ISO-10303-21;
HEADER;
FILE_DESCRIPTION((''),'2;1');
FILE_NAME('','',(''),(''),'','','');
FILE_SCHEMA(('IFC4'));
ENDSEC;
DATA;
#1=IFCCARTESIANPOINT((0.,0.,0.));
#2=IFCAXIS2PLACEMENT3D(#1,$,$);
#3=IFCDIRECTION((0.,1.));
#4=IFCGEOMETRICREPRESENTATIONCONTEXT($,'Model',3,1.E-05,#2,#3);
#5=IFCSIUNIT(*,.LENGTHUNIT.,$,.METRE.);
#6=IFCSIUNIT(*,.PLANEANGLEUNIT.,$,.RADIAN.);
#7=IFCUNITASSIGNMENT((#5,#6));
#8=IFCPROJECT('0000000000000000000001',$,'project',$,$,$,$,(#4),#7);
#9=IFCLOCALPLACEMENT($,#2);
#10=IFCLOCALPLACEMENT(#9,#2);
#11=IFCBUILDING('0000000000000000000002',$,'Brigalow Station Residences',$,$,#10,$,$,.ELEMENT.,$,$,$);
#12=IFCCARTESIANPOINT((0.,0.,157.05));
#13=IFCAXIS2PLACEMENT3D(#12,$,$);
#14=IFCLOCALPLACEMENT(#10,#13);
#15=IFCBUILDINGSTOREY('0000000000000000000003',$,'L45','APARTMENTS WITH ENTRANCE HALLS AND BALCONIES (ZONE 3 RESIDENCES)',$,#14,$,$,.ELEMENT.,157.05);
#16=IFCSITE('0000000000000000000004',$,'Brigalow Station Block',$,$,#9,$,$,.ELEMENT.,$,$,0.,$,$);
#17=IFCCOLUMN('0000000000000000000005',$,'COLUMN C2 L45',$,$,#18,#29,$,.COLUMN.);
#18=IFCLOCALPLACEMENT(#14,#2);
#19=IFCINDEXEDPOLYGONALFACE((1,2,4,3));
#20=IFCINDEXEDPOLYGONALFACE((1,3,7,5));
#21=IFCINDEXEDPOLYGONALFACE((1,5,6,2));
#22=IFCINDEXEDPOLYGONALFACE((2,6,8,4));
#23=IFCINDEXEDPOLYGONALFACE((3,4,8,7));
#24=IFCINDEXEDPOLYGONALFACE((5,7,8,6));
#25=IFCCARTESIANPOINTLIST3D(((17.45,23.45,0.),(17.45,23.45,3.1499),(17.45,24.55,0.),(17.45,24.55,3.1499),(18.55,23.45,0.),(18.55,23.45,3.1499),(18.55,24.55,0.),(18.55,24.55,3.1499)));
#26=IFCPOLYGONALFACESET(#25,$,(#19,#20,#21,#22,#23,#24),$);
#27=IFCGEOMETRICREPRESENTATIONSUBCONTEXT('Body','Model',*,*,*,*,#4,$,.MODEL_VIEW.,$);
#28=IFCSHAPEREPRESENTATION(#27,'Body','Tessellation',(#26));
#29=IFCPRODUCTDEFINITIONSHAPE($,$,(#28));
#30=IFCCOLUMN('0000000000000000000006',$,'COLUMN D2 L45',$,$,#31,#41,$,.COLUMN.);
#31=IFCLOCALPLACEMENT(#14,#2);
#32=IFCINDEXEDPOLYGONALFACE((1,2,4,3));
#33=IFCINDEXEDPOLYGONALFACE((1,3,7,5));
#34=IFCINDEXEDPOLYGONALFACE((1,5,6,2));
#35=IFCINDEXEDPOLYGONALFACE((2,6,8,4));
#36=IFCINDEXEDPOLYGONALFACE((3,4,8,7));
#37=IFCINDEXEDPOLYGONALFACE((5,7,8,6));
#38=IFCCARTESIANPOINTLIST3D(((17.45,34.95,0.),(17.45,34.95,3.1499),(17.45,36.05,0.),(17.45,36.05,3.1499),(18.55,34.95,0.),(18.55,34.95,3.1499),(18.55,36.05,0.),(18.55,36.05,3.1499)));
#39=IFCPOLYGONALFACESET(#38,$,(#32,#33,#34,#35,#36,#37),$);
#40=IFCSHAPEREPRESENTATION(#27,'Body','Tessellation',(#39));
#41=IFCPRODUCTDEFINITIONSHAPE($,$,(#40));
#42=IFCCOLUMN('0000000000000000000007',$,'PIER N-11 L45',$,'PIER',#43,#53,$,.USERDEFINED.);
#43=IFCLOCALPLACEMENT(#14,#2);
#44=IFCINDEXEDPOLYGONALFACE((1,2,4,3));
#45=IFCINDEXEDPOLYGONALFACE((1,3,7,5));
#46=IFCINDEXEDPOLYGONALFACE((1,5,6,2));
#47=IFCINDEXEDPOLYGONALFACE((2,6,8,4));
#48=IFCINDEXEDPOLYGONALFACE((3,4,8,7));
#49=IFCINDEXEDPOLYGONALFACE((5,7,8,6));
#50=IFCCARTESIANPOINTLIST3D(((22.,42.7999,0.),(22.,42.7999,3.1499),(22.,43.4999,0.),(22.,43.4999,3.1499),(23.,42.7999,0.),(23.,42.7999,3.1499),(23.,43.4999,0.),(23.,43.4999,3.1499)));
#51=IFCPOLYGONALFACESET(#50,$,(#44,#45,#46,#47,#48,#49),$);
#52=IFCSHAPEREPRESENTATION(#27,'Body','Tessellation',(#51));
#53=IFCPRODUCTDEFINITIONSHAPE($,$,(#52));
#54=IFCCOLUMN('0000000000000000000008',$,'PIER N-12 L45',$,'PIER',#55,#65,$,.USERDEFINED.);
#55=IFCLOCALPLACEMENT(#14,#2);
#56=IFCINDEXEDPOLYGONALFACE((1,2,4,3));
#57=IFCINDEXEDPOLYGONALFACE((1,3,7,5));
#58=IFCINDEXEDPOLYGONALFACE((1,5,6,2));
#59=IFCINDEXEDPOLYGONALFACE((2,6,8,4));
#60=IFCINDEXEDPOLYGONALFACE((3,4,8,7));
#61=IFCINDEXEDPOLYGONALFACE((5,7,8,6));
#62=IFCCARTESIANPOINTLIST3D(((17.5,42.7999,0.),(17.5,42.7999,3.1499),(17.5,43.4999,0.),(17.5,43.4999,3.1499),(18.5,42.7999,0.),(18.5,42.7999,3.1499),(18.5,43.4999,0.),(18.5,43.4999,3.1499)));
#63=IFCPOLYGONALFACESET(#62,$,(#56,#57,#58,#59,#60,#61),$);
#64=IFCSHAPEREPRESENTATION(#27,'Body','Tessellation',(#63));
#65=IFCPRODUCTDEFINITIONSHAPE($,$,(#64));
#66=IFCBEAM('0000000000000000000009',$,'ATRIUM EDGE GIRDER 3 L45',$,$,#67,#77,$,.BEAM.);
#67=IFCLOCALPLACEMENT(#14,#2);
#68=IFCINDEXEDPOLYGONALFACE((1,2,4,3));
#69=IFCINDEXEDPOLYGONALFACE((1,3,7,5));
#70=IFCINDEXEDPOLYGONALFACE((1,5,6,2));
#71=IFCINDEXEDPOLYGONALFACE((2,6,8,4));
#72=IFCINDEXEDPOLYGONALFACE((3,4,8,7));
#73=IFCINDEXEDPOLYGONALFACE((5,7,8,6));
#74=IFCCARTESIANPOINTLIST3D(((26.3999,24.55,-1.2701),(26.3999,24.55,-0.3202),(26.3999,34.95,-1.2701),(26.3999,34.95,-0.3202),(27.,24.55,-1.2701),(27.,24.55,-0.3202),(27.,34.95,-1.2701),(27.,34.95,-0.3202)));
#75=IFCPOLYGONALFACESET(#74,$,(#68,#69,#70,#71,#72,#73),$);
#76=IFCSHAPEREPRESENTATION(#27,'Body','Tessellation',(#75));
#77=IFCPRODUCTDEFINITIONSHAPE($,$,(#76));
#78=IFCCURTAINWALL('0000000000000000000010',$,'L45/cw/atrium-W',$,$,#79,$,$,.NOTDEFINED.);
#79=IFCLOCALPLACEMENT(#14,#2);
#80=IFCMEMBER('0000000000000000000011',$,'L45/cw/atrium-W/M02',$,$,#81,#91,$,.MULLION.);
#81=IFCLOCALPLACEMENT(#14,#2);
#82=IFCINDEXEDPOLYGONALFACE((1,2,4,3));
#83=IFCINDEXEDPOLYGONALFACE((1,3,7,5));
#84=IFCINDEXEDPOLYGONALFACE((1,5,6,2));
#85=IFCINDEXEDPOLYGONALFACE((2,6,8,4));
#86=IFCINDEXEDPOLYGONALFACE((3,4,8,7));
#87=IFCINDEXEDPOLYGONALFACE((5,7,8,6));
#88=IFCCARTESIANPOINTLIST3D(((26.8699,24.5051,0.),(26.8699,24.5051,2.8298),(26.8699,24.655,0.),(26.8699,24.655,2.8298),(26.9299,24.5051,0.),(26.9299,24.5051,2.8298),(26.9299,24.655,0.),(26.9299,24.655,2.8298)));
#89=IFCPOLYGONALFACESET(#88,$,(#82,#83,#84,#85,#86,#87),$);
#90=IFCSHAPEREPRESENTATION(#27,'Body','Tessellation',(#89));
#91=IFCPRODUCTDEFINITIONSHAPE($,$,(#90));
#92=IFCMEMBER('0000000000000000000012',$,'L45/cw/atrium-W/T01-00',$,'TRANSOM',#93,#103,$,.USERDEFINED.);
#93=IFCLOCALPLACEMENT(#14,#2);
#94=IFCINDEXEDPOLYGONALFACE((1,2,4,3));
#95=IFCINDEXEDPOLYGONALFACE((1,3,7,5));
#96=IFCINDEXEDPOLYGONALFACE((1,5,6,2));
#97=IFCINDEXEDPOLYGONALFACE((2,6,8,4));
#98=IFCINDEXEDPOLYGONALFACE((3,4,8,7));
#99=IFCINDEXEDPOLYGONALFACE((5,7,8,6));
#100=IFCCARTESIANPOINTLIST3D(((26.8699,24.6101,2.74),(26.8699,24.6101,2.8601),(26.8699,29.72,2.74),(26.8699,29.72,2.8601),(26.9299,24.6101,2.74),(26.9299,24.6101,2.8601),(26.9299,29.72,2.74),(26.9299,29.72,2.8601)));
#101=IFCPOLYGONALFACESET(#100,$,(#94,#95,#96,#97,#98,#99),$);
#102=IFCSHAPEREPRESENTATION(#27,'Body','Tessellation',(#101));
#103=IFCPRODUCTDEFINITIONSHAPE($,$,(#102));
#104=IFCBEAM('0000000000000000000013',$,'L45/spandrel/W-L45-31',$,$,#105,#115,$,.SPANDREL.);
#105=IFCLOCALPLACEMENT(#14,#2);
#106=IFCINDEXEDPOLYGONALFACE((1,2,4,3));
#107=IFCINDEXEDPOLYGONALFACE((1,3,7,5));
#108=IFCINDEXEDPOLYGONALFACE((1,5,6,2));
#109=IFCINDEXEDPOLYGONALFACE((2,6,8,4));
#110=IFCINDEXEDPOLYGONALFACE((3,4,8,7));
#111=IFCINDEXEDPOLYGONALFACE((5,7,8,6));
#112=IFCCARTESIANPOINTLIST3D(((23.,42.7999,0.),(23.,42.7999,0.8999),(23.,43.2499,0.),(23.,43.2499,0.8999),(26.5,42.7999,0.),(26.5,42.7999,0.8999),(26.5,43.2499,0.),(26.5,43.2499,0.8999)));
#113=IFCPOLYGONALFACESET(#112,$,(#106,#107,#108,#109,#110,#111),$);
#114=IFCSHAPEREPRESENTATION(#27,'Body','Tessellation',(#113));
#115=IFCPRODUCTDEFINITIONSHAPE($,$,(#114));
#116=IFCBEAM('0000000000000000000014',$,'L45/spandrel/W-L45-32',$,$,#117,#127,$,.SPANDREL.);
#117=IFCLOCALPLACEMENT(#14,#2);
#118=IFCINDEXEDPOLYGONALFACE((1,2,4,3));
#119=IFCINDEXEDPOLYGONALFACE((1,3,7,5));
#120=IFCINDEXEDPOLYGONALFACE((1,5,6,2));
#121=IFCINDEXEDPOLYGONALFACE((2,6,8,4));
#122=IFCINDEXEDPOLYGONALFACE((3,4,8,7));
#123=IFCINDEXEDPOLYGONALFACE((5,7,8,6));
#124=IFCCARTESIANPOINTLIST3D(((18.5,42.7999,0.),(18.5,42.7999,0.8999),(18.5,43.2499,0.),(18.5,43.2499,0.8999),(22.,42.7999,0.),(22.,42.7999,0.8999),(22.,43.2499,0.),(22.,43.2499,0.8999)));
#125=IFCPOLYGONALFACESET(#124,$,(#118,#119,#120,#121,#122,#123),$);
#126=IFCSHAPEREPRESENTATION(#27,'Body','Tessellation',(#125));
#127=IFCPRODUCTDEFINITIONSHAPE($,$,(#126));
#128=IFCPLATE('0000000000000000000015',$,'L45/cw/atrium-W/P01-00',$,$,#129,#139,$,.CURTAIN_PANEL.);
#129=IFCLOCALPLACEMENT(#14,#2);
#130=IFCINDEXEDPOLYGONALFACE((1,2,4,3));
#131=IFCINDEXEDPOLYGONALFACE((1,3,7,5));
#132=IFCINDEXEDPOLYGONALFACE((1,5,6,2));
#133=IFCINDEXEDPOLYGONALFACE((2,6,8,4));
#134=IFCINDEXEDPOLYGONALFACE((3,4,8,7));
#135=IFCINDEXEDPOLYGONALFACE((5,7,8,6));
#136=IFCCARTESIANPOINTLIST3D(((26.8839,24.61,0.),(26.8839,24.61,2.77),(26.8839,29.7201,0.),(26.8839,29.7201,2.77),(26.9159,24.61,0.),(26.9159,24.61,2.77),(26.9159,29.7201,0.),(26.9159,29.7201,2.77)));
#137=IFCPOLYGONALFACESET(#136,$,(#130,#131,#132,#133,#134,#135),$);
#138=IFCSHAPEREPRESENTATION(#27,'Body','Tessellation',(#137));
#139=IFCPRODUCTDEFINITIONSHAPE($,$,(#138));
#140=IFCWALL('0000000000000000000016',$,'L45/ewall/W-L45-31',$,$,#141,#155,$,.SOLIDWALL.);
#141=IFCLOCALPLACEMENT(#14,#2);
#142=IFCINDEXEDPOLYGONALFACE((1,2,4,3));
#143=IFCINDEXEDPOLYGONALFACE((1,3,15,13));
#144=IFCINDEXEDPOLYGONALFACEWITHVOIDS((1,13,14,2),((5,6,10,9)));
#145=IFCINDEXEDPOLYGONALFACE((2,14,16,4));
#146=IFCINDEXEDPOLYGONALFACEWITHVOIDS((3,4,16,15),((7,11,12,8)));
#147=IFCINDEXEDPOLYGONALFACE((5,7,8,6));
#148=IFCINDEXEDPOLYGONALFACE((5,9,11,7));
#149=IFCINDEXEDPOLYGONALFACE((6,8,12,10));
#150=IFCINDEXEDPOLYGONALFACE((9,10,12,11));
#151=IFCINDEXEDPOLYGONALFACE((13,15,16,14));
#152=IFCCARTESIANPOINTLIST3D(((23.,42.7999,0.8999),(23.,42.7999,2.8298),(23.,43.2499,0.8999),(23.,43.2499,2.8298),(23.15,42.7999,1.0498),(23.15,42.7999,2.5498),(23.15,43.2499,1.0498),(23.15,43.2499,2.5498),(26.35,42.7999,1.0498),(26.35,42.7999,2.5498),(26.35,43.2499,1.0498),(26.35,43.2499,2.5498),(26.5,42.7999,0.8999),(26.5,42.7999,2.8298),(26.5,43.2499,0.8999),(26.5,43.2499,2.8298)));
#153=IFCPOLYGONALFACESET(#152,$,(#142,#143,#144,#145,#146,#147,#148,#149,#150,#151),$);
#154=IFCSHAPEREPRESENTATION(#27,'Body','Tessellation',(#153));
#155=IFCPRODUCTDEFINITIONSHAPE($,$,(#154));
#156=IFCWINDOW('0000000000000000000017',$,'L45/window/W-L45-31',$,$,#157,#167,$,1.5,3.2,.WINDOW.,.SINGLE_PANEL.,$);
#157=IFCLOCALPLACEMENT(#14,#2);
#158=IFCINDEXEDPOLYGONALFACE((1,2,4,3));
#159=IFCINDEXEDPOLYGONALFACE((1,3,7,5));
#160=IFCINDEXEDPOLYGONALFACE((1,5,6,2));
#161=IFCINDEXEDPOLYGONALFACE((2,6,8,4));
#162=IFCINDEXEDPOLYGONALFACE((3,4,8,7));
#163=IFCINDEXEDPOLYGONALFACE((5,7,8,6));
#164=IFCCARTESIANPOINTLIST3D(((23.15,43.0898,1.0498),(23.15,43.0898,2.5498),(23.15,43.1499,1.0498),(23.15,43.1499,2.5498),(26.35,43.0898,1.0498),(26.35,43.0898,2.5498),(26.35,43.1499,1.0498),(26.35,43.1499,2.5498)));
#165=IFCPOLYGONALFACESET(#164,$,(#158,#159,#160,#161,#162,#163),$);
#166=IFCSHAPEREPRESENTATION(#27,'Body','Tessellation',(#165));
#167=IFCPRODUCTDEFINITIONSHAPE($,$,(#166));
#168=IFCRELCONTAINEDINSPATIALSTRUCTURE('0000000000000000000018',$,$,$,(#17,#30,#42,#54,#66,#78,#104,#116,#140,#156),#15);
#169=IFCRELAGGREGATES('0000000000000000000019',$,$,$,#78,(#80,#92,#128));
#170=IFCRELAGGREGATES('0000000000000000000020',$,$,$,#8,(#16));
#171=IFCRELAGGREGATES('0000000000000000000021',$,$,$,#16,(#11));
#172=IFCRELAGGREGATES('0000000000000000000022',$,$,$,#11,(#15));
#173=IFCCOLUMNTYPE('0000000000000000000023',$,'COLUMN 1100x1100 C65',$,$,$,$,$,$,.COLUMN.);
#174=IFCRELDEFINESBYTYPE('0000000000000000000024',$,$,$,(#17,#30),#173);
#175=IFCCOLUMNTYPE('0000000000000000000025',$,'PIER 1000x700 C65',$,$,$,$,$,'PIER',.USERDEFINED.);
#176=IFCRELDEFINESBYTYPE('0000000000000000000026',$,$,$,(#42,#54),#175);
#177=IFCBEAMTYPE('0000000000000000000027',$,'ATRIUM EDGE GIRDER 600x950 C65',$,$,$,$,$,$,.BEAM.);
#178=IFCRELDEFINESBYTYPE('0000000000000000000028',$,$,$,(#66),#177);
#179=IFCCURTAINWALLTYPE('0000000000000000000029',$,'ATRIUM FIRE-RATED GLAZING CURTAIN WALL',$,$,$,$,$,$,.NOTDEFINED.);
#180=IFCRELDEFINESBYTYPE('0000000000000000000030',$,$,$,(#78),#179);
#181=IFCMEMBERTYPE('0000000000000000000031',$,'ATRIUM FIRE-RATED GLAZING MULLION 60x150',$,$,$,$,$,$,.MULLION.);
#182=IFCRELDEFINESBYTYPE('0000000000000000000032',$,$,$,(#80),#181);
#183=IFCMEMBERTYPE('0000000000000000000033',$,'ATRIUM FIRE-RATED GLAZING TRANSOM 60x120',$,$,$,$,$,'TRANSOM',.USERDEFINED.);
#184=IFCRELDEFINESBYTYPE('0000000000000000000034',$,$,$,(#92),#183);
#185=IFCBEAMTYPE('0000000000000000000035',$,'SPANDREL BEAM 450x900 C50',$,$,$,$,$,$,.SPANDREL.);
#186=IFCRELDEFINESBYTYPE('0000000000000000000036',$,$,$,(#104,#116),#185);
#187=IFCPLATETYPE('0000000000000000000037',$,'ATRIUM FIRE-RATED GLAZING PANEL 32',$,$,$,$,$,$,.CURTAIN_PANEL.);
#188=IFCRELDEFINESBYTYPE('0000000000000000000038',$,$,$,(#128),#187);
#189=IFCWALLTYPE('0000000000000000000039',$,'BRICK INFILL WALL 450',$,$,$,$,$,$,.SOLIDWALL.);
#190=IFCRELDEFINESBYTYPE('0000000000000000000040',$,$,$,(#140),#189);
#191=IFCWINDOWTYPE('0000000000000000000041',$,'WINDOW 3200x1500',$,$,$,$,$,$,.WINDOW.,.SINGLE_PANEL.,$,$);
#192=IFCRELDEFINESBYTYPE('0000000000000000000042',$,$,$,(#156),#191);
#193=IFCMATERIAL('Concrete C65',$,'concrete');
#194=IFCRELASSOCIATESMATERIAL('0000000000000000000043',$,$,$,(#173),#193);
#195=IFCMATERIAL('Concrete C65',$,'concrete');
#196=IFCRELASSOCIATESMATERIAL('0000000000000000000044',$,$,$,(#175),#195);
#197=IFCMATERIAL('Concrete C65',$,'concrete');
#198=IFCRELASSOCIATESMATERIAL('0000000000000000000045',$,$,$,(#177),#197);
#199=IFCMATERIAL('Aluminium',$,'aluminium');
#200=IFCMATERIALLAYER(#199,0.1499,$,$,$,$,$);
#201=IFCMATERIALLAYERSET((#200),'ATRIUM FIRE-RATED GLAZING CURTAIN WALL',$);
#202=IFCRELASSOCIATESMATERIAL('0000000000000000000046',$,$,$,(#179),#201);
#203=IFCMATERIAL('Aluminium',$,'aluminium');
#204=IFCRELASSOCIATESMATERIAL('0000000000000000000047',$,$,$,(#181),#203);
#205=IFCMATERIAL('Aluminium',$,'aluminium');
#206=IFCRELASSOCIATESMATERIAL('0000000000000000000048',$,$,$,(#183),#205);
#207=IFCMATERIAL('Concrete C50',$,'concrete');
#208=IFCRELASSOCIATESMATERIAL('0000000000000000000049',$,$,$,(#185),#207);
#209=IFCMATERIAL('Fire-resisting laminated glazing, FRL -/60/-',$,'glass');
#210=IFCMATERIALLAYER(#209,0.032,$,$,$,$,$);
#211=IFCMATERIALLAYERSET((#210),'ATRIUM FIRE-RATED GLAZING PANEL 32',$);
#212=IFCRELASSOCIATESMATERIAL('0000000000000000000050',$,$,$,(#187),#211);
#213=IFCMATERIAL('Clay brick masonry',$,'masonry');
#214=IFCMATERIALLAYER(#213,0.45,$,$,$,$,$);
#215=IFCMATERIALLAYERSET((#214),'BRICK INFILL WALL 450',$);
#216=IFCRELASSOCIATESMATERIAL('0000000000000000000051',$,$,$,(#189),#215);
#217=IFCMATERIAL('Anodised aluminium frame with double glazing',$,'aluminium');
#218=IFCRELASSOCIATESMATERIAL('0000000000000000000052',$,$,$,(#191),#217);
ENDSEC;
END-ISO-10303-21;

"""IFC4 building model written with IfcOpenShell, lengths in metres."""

from ifc_helpers import new_model, si_unit, direction, frame, frame_2d, origin, origin_2d, place, context, subcontext, project, spatial, rectangle, extrude, material, layer, layer_set, material_profile, profile_set, type_object, element, fill, aggregate, save


model = new_model("IFC4")

# Units and contexts
model_context = context("Model", 3, precision=1e-05, world=origin(), true_north=direction((0.0, 1.0)))
body_context = subcontext(model_context, "Body", "Model", "MODEL_VIEW")
ifc_project = project(units=[si_unit("LENGTHUNIT", "METRE"), si_unit("PLANEANGLEUNIT", "RADIAN")], contexts=[model_context])

# Site, building, storey
site_placement = place(None, origin())
site = spatial("IfcSite", under=ifc_project, at=site_placement, Name="Brigalow Station Block", CompositionType="ELEMENT", RefElevation=0.0)
building_placement = place(site_placement, origin())
building = spatial("IfcBuilding", under=site, at=building_placement, Name="Brigalow Station Residences", CompositionType="ELEMENT")
storey_placement = place(building_placement, frame((0.0, 0.0, 157.05)))
storey = spatial("IfcBuildingStorey", under=building, at=storey_placement, Name="L45", Description="APARTMENTS WITH ENTRANCE HALLS AND BALCONIES (ZONE 3 RESIDENCES)", CompositionType="ELEMENT", Elevation=157.05)

# Columns
ifc_material_1 = material(Name="Concrete C65", Category="concrete")
ifc_material_profile_1 = material_profile(ifc_material_1, rectangle(XDim=1.1001, YDim=1.1001, at=origin_2d()), Name="RC1100x1100")
ifc_profile_set_1 = profile_set([ifc_material_profile_1], Name="Concrete C65")
column_type_1 = type_object("IfcColumnType", Name="COLUMN 1100x1100 C65", PredefinedType="COLUMN", material=ifc_profile_set_1)
for number, where, z_axis, x_axis, name in (
    (1, (18.0, 24.0, 0.0), (0.0, 0.0, 1.0), (1.0, 0.0, 0.0), "COLUMN C2 L45"),
    (2, (18.0, 35.5, 0.0), (0.0, 0.0, 1.0), (1.0, 0.0, 0.0), "COLUMN D2 L45"),
):
    element("IfcColumn", number, at=place(storey_placement, frame(where, z_axis=z_axis, x_axis=x_axis)), inside=storey, type_object=column_type_1, Name=name, PredefinedType="COLUMN", context=body_context, shape_type="SweptSolid", body=[
        extrude(rectangle(XDim=1.1001, YDim=1.1001, at=origin_2d()), origin(), (0.0, 0.0, 1.0), 3.1499),
    ])
ifc_material_2 = material(Name="Concrete C65", Category="concrete")
ifc_material_profile_2 = material_profile(ifc_material_2, rectangle(XDim=1.0, YDim=0.7, at=origin_2d()), Name="RC1000x700")
ifc_profile_set_2 = profile_set([ifc_material_profile_2], Name="Concrete C65")
column_type_2 = type_object("IfcColumnType", Name="PIER 1000x700 C65", ElementType="PIER", PredefinedType="USERDEFINED", material=ifc_profile_set_2)
for number, where, z_axis, x_axis, name in (
    (3, (22.5, 43.1499, 0.0), (0.0, 0.0, 1.0), (-1.0, 0.0, 0.0), "PIER N-11 L45"),
    (4, (18.0, 43.1499, 0.0), (0.0, 0.0, 1.0), (-1.0, 0.0, 0.0), "PIER N-12 L45"),
):
    element("IfcColumn", number, at=place(storey_placement, frame(where, z_axis=z_axis, x_axis=x_axis)), inside=storey, type_object=column_type_2, Name=name, ObjectType="PIER", PredefinedType="USERDEFINED", context=body_context, shape_type="SweptSolid", body=[
        extrude(rectangle(XDim=1.0, YDim=0.7, at=origin_2d()), origin(), (0.0, 0.0, 1.0), 3.1499),
    ])

# Beam
ifc_material_3 = material(Name="Concrete C65", Category="concrete")
ifc_material_profile_3 = material_profile(ifc_material_3, rectangle(XDim=0.6001, YDim=0.95, at=origin_2d()), Name="RC600x950")
ifc_profile_set_3 = profile_set([ifc_material_profile_3], Name="Concrete C65")
beam_type_1 = type_object("IfcBeamType", Name="ATRIUM EDGE GIRDER 600x950 C65", PredefinedType="BEAM", material=ifc_profile_set_3)
beam_placement = place(storey_placement, frame((26.7, 24.55, -0.7952), z_axis=(0.0, 1.0, 0.0), x_axis=(-1.0, 0.0, 0.0)))
element("IfcBeam", 5, at=beam_placement, inside=storey, type_object=beam_type_1, Name="ATRIUM EDGE GIRDER 3 L45", PredefinedType="BEAM", context=body_context, shape_type="SweptSolid", body=[
    extrude(rectangle(XDim=0.6001, YDim=0.95, at=origin_2d()), origin(), (0.0, 0.0, 1.0), 10.3999),
])

# Curtain wall, members
ifc_material_4 = material(Name="Aluminium", Category="aluminium")
ifc_layer_1 = layer(ifc_material_4, 0.1499)
ifc_layer_set_1 = layer_set([ifc_layer_1], Name="ATRIUM FIRE-RATED GLAZING CURTAIN WALL")
curtain_wall_type = type_object("IfcCurtainWallType", Name="ATRIUM FIRE-RATED GLAZING CURTAIN WALL", PredefinedType="NOTDEFINED", material=ifc_layer_set_1)
curtain_wall_placement = place(storey_placement, origin())
curtain_wall = element("IfcCurtainWall", 6, at=curtain_wall_placement, inside=storey, type_object=curtain_wall_type, Name="L45/cw/atrium-W", PredefinedType="NOTDEFINED")
ifc_material_5 = material(Name="Aluminium", Category="aluminium")
ifc_material_profile_4 = material_profile(ifc_material_5, rectangle(XDim=0.0601, YDim=0.1499, at=origin_2d()), Name="ATRIUM FIRE-RATED GLAZING MULLION 60x150")
ifc_profile_set_4 = profile_set([ifc_material_profile_4], Name="Aluminium")
member_type_1 = type_object("IfcMemberType", Name="ATRIUM FIRE-RATED GLAZING MULLION 60x150", PredefinedType="MULLION", material=ifc_profile_set_4)
member_1_placement = place(storey_placement, frame((26.8999, 24.5801, 0.0), z_axis=(0.0, 0.0, 1.0), x_axis=(1.0, 0.0, 0.0)))
member_1 = element("IfcMember", 7, at=member_1_placement, type_object=member_type_1, Name="L45/cw/atrium-W/M02", PredefinedType="MULLION", context=body_context, shape_type="SweptSolid", body=[
    extrude(rectangle(XDim=0.0601, YDim=0.1499, at=origin_2d()), origin(), (0.0, 0.0, 1.0), 2.8298),
])
ifc_material_6 = material(Name="Aluminium", Category="aluminium")
ifc_material_profile_5 = material_profile(ifc_material_6, rectangle(XDim=0.0601, YDim=0.1201, at=origin_2d()), Name="ATRIUM FIRE-RATED GLAZING TRANSOM 60x120")
ifc_profile_set_5 = profile_set([ifc_material_profile_5], Name="Aluminium")
member_type_2 = type_object("IfcMemberType", Name="ATRIUM FIRE-RATED GLAZING TRANSOM 60x120", ElementType="TRANSOM", PredefinedType="USERDEFINED", material=ifc_profile_set_5)
member_2_placement = place(storey_placement, frame((26.8999, 29.72, 2.8), z_axis=(0.0, -1.0, 0.0), x_axis=(1.0, 0.0, 0.0)))
member_2 = element("IfcMember", 8, at=member_2_placement, type_object=member_type_2, Name="L45/cw/atrium-W/T01-00", ObjectType="TRANSOM", PredefinedType="USERDEFINED", context=body_context, shape_type="SweptSolid", body=[
    extrude(rectangle(XDim=0.0601, YDim=0.1201, at=origin_2d()), origin(), (0.0, 0.0, 1.0), 5.1099),
])

# Beams
ifc_material_7 = material(Name="Concrete C50", Category="concrete")
ifc_material_profile_6 = material_profile(ifc_material_7, rectangle(XDim=0.45, YDim=0.8999, at=origin_2d()), Name="RC450x900")
ifc_profile_set_6 = profile_set([ifc_material_profile_6], Name="Concrete C50")
beam_type_2 = type_object("IfcBeamType", Name="SPANDREL BEAM 450x900 C50", PredefinedType="SPANDREL", material=ifc_profile_set_6)
for number, where, z_axis, x_axis, name in (
    (9, (26.5, 43.0249, 0.45), (-1.0, 0.0, 0.0), (0.0, -1.0, 0.0), "L45/spandrel/W-L45-31"),
    (10, (22.0, 43.0249, 0.45), (-1.0, 0.0, 0.0), (0.0, -1.0, 0.0), "L45/spandrel/W-L45-32"),
):
    element("IfcBeam", number, at=place(storey_placement, frame(where, z_axis=z_axis, x_axis=x_axis)), inside=storey, type_object=beam_type_2, Name=name, PredefinedType="SPANDREL", context=body_context, shape_type="SweptSolid", body=[
        extrude(rectangle(XDim=0.45, YDim=0.8999, at=origin_2d()), origin(), (0.0, 0.0, 1.0), 3.5),
    ])

# Plate
ifc_material_8 = material(Name="Fire-resisting laminated glazing, FRL -/60/-", Category="glass")
ifc_layer_2 = layer(ifc_material_8, 0.032)
ifc_layer_set_2 = layer_set([ifc_layer_2], Name="ATRIUM FIRE-RATED GLAZING PANEL 32")
plate_type = type_object("IfcPlateType", Name="ATRIUM FIRE-RATED GLAZING PANEL 32", PredefinedType="CURTAIN_PANEL", material=ifc_layer_set_2)
plate_placement = place(storey_placement, frame((26.8999, 27.165, 0.0), z_axis=(0.0, 0.0, 1.0), x_axis=(0.0, -1.0, 0.0)))
plate = element("IfcPlate", 11, at=plate_placement, type_object=plate_type, Name="L45/cw/atrium-W/P01-00", PredefinedType="CURTAIN_PANEL", context=body_context, shape_type="SweptSolid", body=[
    extrude(rectangle(XDim=5.1101, YDim=0.032, at=origin_2d()), origin(), (0.0, 0.0, 1.0), 2.77),
])
aggregate(curtain_wall, [member_1, member_2, plate])

# Wall, opening, window
ifc_material_9 = material(Name="Clay brick masonry", Category="masonry")
ifc_layer_3 = layer(ifc_material_9, 0.45)
ifc_layer_set_3 = layer_set([ifc_layer_3], Name="BRICK INFILL WALL 450")
wall_type_1 = type_object("IfcWallType", Name="BRICK INFILL WALL 450", PredefinedType="SOLIDWALL", material=ifc_layer_set_3)
wall_1_placement = place(storey_placement, frame((26.5, 43.0249, 0.8999), z_axis=(0.0, 0.0, 1.0), x_axis=(-1.0, 0.0, 0.0)))
wall_1 = element("IfcWall", 12, at=wall_1_placement, inside=storey, type_object=wall_type_1, Name="L45/ewall/W-L45-31", PredefinedType="SOLIDWALL", context=body_context, shape_type="SweptSolid", body=[
    extrude(rectangle(XDim=3.5, YDim=0.45, at=frame_2d((1.75, 0.0))), origin(), (0.0, 0.0, 1.0), 1.9299),
])
opening_1_placement = place(wall_1_placement, frame((0.1499, 0.0, 0.1499)))
opening_1 = element("IfcOpeningElement", 13, at=opening_1_placement, cuts=wall_1, PredefinedType="OPENING", context=body_context, shape_type="SweptSolid", body=[
    extrude(rectangle(XDim=3.2, YDim=1.5, at=frame_2d((1.6001, 0.75))), frame((0.0, 0.2349, 0.0), z_axis=(0.0, -1.0, 0.0), x_axis=(1.0, 0.0, 0.0)), (0.0, 0.0, 1.0), 0.47),
])
ifc_material_10 = material(Name="Anodised aluminium frame with double glazing", Category="aluminium")
window_type = type_object("IfcWindowType", Name="WINDOW 3200x1500", PartitioningType="SINGLE_PANEL", PredefinedType="WINDOW", material=ifc_material_10)
window_1_placement = place(opening_1_placement, origin())
window_1 = element("IfcWindow", 14, at=window_1_placement, inside=storey, type_object=window_type, Name="L45/window/W-L45-31", OverallHeight=1.5, OverallWidth=3.2, PartitioningType="SINGLE_PANEL", PredefinedType="WINDOW", context=body_context, shape_type="SweptSolid", body=[
    extrude(rectangle(XDim=3.2, YDim=1.5, at=frame_2d((1.6001, 0.75))), frame((0.0, -0.0649, 0.0), z_axis=(0.0, -1.0, 0.0), x_axis=(1.0, 0.0, 0.0)), (0.0, 0.0, 1.0), 0.0601),
])
fill(opening_1, window_1)

save(model, "model.ifc")
